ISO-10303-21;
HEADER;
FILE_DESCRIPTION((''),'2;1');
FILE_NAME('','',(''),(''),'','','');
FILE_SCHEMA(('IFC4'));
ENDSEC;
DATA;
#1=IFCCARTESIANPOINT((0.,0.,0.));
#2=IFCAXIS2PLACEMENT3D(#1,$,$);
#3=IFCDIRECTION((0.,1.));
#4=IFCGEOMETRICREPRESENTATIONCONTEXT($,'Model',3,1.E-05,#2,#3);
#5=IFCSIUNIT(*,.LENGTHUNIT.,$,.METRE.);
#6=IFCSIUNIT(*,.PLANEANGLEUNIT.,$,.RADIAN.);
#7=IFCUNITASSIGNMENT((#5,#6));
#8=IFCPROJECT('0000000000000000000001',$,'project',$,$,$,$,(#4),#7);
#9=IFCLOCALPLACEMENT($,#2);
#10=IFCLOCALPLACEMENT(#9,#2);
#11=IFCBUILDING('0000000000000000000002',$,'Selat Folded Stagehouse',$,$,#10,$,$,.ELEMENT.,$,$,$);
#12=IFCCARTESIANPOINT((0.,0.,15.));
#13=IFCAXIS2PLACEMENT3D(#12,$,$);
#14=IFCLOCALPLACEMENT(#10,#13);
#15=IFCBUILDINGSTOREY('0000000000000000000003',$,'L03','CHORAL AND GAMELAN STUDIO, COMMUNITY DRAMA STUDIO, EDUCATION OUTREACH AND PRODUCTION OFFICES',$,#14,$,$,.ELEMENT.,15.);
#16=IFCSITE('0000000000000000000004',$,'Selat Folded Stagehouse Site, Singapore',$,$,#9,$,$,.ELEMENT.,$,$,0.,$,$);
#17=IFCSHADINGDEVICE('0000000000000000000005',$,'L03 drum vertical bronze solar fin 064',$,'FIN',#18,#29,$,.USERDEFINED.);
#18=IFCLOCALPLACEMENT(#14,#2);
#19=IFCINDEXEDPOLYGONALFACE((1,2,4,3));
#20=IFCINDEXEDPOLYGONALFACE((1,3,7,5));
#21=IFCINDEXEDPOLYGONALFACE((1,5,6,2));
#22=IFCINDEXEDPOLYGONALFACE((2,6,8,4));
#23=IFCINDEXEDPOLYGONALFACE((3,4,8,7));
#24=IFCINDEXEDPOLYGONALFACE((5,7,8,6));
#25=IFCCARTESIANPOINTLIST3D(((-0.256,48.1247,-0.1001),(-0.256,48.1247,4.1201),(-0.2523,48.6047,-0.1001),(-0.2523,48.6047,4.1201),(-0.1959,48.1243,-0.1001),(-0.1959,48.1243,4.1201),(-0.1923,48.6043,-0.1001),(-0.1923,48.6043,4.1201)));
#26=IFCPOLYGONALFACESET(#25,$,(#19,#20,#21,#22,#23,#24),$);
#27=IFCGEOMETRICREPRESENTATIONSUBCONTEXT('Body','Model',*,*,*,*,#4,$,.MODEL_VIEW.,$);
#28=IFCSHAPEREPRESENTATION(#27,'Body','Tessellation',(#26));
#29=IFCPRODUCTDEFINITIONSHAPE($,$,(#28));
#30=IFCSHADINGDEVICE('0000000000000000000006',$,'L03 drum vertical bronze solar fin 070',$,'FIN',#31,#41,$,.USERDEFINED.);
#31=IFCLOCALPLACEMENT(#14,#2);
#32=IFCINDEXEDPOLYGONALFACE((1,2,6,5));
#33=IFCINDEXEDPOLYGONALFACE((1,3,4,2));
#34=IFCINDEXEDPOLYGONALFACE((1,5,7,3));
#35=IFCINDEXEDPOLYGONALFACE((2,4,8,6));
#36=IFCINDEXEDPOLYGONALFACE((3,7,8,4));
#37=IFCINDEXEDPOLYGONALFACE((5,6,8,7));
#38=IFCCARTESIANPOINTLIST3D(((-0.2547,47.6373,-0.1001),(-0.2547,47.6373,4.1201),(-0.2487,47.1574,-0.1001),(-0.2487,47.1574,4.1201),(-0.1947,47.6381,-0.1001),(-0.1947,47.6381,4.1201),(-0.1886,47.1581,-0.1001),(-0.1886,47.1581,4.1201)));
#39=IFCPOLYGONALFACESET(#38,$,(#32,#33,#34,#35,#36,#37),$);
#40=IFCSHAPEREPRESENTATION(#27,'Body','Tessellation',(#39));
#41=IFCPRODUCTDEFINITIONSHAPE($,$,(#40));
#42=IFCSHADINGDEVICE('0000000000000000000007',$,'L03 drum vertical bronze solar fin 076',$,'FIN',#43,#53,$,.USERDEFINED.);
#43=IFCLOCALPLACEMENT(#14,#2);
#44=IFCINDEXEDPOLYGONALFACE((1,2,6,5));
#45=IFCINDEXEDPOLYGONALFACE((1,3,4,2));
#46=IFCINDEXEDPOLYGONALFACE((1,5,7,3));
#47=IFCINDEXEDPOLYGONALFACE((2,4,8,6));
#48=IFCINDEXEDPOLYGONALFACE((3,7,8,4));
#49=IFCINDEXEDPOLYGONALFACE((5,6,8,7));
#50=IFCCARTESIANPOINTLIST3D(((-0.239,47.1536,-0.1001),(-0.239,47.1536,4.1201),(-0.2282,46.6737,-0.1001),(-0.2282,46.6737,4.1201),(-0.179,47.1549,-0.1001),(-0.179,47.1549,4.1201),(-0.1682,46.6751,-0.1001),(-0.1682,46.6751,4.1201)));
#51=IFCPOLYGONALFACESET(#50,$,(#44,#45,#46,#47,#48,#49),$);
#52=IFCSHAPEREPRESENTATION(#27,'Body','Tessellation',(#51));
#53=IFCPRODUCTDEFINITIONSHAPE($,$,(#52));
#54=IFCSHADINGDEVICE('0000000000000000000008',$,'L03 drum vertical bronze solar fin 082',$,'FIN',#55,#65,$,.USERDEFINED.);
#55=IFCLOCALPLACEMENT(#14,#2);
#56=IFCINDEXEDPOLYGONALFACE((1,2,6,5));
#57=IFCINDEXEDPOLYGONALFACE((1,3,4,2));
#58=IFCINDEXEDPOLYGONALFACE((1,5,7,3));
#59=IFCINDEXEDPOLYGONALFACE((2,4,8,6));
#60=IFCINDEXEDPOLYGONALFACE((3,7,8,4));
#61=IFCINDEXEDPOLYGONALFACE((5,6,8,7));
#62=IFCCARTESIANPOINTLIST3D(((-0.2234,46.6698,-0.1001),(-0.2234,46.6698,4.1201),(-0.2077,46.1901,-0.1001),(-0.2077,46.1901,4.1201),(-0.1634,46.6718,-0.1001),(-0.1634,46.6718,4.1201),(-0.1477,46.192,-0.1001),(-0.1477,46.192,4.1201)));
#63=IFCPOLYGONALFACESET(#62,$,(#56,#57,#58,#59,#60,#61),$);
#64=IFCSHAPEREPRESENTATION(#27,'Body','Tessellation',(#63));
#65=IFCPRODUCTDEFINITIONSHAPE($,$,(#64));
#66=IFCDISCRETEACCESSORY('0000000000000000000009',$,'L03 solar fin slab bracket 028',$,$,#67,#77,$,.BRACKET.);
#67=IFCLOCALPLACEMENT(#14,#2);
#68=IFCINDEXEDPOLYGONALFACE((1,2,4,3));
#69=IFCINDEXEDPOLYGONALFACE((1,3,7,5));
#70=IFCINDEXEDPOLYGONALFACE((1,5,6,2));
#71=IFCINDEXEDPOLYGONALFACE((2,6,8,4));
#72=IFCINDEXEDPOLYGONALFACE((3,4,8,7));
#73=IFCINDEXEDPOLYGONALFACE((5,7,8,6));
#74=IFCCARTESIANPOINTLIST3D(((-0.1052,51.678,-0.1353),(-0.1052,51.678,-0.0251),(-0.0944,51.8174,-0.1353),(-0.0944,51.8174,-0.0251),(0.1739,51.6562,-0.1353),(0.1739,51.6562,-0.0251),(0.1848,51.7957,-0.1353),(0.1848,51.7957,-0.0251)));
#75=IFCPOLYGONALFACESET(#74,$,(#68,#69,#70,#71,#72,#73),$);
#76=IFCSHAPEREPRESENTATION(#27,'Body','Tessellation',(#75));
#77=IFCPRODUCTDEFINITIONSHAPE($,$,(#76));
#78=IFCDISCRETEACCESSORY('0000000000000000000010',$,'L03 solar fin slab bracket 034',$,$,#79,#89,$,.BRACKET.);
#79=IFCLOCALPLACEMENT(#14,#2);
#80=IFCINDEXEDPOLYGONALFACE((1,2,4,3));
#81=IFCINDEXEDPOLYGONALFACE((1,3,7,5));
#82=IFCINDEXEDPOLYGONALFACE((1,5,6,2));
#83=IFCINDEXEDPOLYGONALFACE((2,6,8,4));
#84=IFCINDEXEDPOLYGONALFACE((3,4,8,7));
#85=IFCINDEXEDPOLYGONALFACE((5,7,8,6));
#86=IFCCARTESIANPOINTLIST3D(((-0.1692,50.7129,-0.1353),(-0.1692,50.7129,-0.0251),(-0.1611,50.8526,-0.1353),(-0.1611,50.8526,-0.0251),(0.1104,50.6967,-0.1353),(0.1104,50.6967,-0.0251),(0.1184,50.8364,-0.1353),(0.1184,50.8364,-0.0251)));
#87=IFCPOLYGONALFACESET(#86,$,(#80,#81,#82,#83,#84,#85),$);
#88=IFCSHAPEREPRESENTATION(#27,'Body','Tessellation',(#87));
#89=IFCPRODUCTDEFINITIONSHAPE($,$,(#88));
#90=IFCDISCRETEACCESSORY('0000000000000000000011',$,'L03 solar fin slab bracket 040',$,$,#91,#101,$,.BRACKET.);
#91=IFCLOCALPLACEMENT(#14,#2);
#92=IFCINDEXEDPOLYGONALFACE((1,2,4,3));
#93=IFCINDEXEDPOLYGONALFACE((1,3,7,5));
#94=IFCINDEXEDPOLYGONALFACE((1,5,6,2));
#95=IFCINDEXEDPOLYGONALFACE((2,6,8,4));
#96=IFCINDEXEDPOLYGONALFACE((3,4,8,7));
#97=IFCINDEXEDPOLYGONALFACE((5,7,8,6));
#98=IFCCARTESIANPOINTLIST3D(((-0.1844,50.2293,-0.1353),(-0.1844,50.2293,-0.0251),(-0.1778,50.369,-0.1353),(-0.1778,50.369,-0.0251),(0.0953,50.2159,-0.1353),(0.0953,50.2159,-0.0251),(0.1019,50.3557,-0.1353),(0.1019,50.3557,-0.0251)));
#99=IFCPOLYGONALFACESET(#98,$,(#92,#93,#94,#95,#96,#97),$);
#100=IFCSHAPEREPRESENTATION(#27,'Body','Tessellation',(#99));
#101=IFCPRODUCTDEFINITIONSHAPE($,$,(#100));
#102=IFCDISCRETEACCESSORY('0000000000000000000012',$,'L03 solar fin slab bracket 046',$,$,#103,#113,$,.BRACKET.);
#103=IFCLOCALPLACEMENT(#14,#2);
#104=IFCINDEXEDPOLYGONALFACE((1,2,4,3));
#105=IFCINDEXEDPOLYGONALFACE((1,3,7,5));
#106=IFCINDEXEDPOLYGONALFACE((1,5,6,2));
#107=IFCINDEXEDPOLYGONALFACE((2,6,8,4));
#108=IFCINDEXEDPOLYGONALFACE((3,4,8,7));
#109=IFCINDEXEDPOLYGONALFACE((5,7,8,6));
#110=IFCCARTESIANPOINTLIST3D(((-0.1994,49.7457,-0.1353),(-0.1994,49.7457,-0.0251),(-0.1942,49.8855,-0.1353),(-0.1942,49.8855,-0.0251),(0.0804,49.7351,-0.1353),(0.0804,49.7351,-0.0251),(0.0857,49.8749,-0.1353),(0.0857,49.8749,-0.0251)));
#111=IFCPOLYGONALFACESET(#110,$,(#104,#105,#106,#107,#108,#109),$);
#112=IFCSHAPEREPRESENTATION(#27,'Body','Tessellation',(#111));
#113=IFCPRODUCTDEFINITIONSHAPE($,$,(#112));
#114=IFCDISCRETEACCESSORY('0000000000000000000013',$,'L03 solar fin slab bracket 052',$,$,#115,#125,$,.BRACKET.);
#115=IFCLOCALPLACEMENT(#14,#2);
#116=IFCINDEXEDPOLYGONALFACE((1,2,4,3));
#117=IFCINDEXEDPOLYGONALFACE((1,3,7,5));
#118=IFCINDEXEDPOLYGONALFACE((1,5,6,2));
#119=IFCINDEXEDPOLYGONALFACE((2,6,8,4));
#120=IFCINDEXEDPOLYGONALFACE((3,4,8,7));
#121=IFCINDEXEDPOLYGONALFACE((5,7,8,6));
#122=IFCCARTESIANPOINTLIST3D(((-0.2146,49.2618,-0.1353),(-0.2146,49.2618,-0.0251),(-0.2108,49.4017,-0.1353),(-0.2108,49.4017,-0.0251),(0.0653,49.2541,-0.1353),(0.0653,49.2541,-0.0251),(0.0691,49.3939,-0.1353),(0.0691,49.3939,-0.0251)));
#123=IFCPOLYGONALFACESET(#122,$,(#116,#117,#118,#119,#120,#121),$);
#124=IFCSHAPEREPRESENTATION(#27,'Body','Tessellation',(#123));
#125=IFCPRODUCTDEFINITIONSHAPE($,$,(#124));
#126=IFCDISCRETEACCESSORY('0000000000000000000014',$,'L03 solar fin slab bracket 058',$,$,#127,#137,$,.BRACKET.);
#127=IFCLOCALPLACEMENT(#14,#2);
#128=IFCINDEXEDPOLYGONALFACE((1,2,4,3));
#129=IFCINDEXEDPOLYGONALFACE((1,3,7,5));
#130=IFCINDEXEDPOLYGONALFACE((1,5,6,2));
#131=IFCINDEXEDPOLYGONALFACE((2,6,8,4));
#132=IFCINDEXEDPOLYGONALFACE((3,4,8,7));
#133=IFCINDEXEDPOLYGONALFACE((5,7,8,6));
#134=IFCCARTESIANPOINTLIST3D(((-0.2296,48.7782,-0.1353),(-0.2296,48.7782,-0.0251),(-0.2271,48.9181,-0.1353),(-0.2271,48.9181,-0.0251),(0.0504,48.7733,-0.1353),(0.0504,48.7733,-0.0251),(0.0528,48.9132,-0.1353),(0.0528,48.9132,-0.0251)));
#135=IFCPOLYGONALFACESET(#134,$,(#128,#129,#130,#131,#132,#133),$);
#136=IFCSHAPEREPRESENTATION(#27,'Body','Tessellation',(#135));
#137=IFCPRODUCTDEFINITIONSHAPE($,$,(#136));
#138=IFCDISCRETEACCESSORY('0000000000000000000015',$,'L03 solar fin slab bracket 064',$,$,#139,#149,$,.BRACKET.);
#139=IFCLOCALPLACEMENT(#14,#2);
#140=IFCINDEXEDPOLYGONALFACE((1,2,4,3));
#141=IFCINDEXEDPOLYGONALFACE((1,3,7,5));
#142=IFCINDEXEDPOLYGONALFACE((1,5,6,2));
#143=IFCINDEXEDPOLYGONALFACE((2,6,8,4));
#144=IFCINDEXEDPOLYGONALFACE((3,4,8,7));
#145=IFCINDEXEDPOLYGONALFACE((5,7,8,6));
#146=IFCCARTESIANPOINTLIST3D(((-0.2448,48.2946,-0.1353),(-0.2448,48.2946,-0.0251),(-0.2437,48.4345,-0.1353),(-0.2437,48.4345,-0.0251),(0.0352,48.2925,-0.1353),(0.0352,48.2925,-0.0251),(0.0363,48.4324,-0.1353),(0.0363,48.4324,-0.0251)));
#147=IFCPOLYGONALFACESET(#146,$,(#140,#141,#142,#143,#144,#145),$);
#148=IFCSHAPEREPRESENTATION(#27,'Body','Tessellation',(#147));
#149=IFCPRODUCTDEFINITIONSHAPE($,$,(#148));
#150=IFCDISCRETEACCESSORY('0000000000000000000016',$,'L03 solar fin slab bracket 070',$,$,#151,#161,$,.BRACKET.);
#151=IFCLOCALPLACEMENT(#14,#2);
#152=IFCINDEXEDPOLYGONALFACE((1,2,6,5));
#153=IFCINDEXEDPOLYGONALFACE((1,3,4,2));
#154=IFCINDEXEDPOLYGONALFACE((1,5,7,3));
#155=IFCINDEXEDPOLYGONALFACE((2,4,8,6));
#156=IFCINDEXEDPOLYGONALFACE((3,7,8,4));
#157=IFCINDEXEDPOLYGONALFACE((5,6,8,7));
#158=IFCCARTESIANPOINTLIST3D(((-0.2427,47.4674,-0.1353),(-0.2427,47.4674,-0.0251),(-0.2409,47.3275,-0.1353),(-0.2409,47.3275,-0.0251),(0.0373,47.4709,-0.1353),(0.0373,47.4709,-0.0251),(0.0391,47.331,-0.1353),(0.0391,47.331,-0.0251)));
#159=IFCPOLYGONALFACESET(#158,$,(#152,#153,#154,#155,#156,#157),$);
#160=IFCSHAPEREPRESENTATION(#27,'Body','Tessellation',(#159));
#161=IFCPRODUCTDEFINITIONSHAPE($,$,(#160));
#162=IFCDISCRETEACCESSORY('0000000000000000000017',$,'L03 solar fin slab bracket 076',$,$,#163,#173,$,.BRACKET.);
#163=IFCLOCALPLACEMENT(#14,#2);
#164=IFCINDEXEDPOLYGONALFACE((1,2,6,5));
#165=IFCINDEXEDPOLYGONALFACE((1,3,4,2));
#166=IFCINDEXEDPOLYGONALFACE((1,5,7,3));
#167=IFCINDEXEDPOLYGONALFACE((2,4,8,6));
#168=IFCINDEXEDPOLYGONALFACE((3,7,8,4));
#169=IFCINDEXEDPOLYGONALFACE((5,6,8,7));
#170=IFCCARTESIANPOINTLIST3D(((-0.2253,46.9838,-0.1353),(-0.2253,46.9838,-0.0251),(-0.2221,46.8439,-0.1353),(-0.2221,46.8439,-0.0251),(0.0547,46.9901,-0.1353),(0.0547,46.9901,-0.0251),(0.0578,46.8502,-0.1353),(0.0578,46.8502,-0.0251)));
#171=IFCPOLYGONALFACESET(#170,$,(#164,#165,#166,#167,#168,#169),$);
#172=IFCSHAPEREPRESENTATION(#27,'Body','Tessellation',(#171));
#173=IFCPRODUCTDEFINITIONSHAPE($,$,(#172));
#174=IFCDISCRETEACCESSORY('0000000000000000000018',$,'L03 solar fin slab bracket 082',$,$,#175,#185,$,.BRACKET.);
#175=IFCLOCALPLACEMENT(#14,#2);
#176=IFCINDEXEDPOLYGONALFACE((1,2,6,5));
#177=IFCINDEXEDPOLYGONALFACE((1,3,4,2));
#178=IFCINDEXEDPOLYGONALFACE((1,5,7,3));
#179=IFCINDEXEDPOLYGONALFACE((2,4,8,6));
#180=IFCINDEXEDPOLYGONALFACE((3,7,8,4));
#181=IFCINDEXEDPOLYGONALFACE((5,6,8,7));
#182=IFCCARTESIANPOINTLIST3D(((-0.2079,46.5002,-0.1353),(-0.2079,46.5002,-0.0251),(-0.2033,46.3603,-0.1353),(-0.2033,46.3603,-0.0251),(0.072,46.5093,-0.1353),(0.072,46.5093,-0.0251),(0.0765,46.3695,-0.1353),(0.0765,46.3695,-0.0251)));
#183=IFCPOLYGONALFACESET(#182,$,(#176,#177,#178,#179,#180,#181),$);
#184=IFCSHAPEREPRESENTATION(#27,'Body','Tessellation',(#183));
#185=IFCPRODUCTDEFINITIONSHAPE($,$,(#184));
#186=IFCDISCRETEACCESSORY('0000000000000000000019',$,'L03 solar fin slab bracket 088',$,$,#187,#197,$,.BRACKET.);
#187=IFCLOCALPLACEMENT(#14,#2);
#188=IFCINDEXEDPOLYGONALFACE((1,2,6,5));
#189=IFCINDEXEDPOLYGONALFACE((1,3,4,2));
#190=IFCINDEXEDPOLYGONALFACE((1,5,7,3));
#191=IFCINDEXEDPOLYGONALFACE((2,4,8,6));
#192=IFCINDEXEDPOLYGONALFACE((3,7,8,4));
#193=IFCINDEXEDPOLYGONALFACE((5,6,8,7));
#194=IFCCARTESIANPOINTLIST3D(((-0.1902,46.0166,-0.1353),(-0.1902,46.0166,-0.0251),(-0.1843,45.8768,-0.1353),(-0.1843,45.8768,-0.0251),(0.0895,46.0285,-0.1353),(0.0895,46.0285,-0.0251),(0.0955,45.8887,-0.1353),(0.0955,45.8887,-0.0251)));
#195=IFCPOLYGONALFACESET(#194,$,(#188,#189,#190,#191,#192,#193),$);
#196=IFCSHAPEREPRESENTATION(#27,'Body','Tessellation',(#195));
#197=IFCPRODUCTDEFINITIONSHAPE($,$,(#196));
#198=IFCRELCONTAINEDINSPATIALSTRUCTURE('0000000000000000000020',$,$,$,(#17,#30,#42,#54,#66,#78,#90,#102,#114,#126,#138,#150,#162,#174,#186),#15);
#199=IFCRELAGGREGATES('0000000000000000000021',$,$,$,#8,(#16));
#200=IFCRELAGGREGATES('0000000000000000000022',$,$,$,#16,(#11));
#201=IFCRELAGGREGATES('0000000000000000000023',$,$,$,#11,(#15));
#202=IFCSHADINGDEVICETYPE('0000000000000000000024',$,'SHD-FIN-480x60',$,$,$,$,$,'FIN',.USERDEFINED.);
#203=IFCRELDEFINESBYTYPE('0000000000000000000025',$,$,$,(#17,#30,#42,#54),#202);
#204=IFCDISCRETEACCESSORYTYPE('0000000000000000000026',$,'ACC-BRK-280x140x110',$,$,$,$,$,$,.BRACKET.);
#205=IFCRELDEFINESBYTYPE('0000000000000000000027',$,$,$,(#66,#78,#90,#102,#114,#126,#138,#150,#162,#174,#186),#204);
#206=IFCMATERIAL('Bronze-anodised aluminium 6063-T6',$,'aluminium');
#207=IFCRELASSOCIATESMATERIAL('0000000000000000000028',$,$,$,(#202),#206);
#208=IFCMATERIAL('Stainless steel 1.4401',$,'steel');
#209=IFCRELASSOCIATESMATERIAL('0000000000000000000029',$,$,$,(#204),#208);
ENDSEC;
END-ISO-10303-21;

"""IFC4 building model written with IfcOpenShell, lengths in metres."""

from ifc_helpers import new_model, si_unit, direction, frame, origin, origin_2d, place, context, subcontext, project, spatial, rectangle, extrude, material, material_profile, profile_set, type_object, element, save


model = new_model("IFC4")

# Units and contexts
model_context = context("Model", 3, precision=1e-05, world=origin(), true_north=direction((0.0, 1.0)))
body_context = subcontext(model_context, "Body", "Model", "MODEL_VIEW")
ifc_project = project(units=[si_unit("LENGTHUNIT", "METRE"), si_unit("PLANEANGLEUNIT", "RADIAN")], contexts=[model_context])

# Site, building, storey
site_placement = place(None, origin())
site = spatial("IfcSite", under=ifc_project, at=site_placement, Name="Selat Folded Stagehouse Site, Singapore", CompositionType="ELEMENT", RefElevation=0.0)
building_placement = place(site_placement, origin())
building = spatial("IfcBuilding", under=site, at=building_placement, Name="Selat Folded Stagehouse", CompositionType="ELEMENT")
storey_placement = place(building_placement, frame((0.0, 0.0, 15.0)))
storey = spatial("IfcBuildingStorey", under=building, at=storey_placement, Name="L03", Description="CHORAL AND GAMELAN STUDIO, COMMUNITY DRAMA STUDIO, EDUCATION OUTREACH AND PRODUCTION OFFICES", CompositionType="ELEMENT", Elevation=15.0)

# Shading devices
ifc_material_1 = material(Name="Bronze-anodised aluminium 6063-T6", Category="aluminium")
ifc_material_profile_1 = material_profile(ifc_material_1, rectangle(XDim=0.0601, YDim=0.48, at=origin_2d()), Name="SOLAR-FIN 480x60")
ifc_profile_set_1 = profile_set([ifc_material_profile_1], Name="Bronze-anodised aluminium 6063-T6")
shading_device_type = type_object("IfcShadingDeviceType", Name="SHD-FIN-480x60", ElementType="FIN", PredefinedType="USERDEFINED", material=ifc_profile_set_1)
for number, where, z_axis, x_axis, name in (
    (1, (-0.2241, 48.3645, -0.1001), (0.0, 0.0, 1.0), (-0.999972, 0.007505, 0.0), "L03 drum vertical bronze solar fin 064"),
    (2, (-0.2217, 47.3977, -0.1001), (0.0, 0.0, 1.0), (-0.999921, -0.012566, 0.0), "L03 drum vertical bronze solar fin 070"),
    (3, (-0.2036, 46.9143, -0.1001), (0.0, 0.0, 1.0), (-0.999747, -0.022513, 0.0), "L03 drum vertical bronze solar fin 076"),
    (4, (-0.1855, 46.4309, -0.1001), (0.0, 0.0, 1.0), (-0.999467, -0.032632, 0.0), "L03 drum vertical bronze solar fin 082"),
):
    element("IfcShadingDevice", number, at=place(storey_placement, frame(where, z_axis=z_axis, x_axis=x_axis)), inside=storey, type_object=shading_device_type, Name=name, ObjectType="FIN", PredefinedType="USERDEFINED", context=body_context, shape_type="SweptSolid", body=[
        extrude(rectangle(XDim=0.0601, YDim=0.48, at=origin_2d()), origin(), (0.0, 0.0, 1.0), 4.2202),
    ])

# Discrete accessories
ifc_material_2 = material(Name="Stainless steel 1.4401", Category="steel")
discrete_accessory_type = type_object("IfcDiscreteAccessoryType", Name="ACC-BRK-280x140x110", PredefinedType="BRACKET", material=ifc_material_2)
for number, where, z_axis, x_axis, name in (
    (5, (0.0398, 51.7368, -0.1353), (0.0, 0.0, 1.0), (-0.996972, 0.077763, 0.0), "L03 solar fin slab bracket 028"),
    (6, (-0.0254, 50.7747, -0.1353), (0.0, 0.0, 1.0), (-0.998332, 0.057738, 0.0), "L03 solar fin slab bracket 034"),
    (7, (-0.0413, 50.2925, -0.1353), (0.0, 0.0, 1.0), (-0.998865, 0.047629, 0.0), "L03 solar fin slab bracket 040"),
    (8, (-0.0569, 49.8103, -0.1353), (0.0, 0.0, 1.0), (-0.999289, 0.03769, 0.0), "L03 solar fin slab bracket 046"),
    (9, (-0.0728, 49.3279, -0.1353), (0.0, 0.0, 1.0), (-0.99962, 0.027573, 0.0), "L03 solar fin slab bracket 052"),
    (10, (-0.0884, 48.8457, -0.1353), (0.0, 0.0, 1.0), (-0.999845, 0.017627, 0.0), "L03 solar fin slab bracket 058"),
    (11, (-0.1042, 48.3635, -0.1353), (0.0, 0.0, 1.0), (-0.999972, 0.007505, 0.0), "L03 solar fin slab bracket 064"),
    (12, (-0.1018, 47.3992, -0.1353), (0.0, 0.0, 1.0), (-0.999921, -0.012566, 0.0), "L03 solar fin slab bracket 070"),
    (13, (-0.0837, 46.917, -0.1353), (0.0, 0.0, 1.0), (-0.999747, -0.022513, 0.0), "L03 solar fin slab bracket 076"),
    (14, (-0.0657, 46.4348, -0.1353), (0.0, 0.0, 1.0), (-0.999467, -0.032632, 0.0), "L03 solar fin slab bracket 082"),
    (15, (-0.0474, 45.9526, -0.1353), (0.0, 0.0, 1.0), (-0.999093, -0.042573, 0.0), "L03 solar fin slab bracket 088"),
):
    element("IfcDiscreteAccessory", number, at=place(storey_placement, frame(where, z_axis=z_axis, x_axis=x_axis)), inside=storey, type_object=discrete_accessory_type, Name=name, PredefinedType="BRACKET", context=body_context, shape_type="SweptSolid", body=[
        extrude(rectangle(XDim=0.28, YDim=0.1399, at=origin_2d()), origin(), (0.0, 0.0, 1.0), 0.1101),
    ])

save(model, "model.ifc")
